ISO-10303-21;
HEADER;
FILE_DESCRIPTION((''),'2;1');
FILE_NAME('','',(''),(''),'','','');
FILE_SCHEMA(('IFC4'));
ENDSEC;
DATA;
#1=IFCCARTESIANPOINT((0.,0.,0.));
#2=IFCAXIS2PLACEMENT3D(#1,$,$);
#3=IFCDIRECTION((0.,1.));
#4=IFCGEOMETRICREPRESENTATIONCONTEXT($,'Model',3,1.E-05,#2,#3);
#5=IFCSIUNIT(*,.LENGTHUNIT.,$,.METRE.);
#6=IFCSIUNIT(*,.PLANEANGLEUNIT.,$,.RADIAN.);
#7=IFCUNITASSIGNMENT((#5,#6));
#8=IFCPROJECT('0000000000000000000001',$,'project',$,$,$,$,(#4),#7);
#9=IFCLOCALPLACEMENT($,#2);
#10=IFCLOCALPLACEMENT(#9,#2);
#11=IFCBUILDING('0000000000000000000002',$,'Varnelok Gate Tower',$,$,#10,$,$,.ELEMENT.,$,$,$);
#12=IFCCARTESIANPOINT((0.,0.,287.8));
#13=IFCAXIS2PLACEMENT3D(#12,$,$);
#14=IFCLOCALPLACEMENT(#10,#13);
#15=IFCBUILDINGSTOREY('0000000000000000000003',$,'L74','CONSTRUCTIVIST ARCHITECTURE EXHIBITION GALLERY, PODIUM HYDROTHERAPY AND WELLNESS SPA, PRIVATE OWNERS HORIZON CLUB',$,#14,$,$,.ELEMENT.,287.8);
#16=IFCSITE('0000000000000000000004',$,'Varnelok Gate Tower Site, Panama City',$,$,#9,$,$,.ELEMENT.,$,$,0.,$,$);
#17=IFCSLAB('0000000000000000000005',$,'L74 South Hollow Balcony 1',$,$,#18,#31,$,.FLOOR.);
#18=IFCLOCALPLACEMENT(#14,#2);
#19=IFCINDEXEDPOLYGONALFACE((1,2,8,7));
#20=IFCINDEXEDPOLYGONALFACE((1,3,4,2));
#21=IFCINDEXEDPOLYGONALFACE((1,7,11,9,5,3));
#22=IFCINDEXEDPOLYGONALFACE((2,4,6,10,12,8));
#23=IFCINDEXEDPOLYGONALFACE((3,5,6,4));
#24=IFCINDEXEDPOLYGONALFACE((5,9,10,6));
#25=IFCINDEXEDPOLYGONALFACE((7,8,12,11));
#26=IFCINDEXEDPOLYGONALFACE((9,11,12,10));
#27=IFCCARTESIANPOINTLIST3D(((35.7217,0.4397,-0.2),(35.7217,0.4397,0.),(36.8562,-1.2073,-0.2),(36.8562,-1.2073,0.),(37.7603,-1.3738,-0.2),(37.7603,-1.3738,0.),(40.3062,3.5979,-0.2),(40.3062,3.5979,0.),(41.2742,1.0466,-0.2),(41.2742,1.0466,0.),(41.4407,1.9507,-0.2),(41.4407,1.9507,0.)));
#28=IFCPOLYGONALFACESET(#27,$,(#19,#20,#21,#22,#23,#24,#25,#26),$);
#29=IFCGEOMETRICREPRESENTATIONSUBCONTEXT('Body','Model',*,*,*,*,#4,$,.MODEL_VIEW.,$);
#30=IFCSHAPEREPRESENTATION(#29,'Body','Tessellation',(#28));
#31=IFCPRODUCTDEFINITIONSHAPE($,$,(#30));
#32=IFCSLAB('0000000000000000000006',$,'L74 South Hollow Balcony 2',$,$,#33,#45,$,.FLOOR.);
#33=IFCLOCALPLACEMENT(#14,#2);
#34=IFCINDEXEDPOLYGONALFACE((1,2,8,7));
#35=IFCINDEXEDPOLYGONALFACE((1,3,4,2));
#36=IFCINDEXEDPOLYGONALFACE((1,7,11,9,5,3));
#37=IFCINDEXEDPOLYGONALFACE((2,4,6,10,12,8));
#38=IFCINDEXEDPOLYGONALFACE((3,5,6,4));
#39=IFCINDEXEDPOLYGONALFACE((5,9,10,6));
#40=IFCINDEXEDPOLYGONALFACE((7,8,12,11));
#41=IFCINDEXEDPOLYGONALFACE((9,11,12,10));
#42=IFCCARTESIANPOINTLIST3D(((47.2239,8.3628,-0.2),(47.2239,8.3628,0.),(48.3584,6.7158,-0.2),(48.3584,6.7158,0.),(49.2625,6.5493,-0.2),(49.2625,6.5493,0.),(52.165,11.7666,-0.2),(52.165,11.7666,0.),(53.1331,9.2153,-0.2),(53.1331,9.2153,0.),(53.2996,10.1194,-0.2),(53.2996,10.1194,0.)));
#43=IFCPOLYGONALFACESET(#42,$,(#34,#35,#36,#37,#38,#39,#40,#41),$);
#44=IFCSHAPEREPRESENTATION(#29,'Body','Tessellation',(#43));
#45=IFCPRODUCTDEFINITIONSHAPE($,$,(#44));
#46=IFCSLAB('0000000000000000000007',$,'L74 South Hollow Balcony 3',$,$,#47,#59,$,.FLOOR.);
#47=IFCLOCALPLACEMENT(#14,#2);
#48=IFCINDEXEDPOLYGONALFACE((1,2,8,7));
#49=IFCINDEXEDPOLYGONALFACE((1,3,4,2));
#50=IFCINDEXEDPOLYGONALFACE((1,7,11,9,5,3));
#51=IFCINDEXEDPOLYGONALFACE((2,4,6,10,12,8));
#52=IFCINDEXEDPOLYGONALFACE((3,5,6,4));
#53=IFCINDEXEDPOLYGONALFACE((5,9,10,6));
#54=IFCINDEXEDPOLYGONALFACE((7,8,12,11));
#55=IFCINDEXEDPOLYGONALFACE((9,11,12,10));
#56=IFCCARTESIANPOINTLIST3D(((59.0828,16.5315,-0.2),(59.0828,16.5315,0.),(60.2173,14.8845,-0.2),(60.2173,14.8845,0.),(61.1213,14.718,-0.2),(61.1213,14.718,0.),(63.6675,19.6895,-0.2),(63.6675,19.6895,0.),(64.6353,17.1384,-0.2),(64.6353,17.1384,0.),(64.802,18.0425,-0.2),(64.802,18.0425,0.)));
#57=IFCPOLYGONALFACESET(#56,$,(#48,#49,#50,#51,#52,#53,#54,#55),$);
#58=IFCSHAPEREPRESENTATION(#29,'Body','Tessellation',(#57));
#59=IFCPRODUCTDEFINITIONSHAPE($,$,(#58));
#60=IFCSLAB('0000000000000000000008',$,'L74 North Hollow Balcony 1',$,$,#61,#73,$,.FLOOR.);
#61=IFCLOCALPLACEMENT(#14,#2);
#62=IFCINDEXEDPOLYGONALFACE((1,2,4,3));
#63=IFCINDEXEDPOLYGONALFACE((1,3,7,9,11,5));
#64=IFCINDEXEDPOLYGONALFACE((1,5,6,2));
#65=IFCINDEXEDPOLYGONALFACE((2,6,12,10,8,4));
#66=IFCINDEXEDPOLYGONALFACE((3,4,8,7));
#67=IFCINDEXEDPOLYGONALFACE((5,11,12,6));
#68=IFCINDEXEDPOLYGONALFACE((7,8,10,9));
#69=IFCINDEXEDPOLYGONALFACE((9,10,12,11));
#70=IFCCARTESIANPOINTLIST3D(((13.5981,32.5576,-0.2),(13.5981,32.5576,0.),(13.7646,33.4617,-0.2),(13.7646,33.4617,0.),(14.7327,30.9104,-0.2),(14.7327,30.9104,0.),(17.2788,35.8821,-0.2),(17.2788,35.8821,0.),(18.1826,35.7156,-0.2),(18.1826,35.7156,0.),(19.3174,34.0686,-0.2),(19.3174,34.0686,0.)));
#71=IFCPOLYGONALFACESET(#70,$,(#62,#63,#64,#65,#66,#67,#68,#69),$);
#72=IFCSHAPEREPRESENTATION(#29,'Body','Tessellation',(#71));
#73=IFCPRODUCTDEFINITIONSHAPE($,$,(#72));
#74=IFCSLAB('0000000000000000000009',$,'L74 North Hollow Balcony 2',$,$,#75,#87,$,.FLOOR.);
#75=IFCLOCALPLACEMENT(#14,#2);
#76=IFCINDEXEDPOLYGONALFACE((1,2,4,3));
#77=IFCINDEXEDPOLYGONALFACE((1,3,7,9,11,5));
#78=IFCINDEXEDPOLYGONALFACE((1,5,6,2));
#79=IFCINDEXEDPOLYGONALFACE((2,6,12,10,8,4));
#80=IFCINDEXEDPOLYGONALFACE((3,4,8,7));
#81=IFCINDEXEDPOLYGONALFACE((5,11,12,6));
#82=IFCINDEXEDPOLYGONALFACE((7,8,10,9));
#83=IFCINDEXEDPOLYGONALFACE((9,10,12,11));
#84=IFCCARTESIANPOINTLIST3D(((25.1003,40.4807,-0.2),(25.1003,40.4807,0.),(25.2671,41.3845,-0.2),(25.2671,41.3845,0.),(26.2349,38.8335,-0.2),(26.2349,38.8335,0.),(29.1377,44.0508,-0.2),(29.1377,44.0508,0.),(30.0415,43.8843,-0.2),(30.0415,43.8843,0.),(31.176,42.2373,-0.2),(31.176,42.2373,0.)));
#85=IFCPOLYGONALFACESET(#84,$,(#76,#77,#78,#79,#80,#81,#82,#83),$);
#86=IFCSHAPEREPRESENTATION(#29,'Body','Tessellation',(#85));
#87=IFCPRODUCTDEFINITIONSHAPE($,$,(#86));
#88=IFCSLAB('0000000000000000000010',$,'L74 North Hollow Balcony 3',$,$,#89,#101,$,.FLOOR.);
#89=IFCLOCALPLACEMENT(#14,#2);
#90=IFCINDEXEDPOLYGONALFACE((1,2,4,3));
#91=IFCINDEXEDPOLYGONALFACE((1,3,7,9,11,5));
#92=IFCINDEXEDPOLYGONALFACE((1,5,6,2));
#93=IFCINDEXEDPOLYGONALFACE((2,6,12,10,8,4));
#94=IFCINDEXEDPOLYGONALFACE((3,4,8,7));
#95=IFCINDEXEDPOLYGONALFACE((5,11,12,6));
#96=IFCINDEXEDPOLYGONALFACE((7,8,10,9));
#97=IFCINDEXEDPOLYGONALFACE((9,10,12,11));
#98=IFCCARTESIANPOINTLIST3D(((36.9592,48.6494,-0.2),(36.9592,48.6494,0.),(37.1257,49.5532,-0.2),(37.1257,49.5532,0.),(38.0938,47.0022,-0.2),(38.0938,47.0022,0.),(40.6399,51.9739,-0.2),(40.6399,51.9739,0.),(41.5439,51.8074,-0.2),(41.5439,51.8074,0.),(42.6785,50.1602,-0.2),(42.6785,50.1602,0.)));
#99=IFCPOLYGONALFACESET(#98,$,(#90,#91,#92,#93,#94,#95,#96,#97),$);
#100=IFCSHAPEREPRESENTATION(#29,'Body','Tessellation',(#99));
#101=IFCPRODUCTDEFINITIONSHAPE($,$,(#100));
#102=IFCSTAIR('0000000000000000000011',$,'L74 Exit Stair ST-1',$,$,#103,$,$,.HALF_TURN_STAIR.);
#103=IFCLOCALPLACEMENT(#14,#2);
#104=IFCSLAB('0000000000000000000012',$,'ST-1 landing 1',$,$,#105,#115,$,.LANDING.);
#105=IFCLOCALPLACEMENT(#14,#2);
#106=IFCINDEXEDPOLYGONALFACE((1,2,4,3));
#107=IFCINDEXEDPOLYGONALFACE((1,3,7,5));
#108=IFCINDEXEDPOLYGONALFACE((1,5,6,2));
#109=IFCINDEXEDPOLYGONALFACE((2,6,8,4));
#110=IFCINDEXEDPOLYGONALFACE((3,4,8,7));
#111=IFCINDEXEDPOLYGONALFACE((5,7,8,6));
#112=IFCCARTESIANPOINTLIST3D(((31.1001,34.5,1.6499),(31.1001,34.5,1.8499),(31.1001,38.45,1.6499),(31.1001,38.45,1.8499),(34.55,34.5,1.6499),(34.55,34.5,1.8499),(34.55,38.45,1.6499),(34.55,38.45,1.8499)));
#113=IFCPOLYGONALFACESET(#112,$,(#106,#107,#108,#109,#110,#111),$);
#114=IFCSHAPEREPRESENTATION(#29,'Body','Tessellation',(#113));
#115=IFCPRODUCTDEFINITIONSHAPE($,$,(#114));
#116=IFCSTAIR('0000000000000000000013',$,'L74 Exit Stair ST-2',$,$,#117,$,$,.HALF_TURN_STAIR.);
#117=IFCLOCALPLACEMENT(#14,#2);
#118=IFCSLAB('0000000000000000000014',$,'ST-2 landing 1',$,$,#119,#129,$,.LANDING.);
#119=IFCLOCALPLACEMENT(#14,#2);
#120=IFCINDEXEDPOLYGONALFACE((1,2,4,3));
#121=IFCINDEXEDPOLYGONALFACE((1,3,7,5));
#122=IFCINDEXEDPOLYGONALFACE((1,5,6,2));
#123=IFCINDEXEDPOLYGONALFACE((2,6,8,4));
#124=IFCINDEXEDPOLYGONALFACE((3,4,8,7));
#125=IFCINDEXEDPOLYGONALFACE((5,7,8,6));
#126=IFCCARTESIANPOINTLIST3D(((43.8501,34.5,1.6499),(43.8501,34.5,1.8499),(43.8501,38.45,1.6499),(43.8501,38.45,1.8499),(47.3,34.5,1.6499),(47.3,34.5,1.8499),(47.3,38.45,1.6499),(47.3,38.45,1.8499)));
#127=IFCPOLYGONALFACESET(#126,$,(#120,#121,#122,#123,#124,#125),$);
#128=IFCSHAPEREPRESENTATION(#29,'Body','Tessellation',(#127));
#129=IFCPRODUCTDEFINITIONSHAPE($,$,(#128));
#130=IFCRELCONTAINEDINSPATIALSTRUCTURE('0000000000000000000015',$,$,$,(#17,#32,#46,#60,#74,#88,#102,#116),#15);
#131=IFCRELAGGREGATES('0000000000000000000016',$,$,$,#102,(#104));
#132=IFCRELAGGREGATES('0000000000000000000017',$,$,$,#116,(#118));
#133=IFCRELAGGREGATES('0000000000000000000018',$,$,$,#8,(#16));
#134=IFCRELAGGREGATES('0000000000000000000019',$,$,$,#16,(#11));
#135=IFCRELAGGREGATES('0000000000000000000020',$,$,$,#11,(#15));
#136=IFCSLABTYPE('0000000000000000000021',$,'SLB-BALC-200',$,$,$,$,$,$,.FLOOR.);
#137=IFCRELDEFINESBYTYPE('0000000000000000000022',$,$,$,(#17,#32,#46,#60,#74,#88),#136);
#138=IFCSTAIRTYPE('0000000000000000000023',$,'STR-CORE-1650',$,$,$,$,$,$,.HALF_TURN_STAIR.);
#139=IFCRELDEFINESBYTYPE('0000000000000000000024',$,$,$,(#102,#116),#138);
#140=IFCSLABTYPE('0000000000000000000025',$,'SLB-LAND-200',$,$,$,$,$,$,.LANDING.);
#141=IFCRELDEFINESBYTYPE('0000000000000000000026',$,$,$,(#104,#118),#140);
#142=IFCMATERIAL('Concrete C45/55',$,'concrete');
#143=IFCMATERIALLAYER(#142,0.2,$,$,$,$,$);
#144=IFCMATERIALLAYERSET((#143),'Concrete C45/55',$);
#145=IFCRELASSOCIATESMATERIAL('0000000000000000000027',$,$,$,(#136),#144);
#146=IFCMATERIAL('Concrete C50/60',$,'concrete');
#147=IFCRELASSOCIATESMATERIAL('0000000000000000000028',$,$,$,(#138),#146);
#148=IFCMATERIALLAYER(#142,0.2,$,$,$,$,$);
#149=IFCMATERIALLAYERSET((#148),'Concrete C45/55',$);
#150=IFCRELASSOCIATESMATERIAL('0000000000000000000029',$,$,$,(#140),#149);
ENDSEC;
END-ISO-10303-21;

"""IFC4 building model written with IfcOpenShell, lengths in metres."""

from ifc_helpers import new_model, si_unit, direction, frame, origin, place, context, subcontext, project, spatial, polyline, outline, extrude, material, layer, layer_set, type_object, element, aggregate, save


model = new_model("IFC4")

# Units and contexts
model_context = context("Model", 3, precision=1e-05, world=origin(), true_north=direction((0.0, 1.0)))
body_context = subcontext(model_context, "Body", "Model", "MODEL_VIEW")
ifc_project = project(units=[si_unit("LENGTHUNIT", "METRE"), si_unit("PLANEANGLEUNIT", "RADIAN")], contexts=[model_context])

# Site, building, storey
site_placement = place(None, origin())
site = spatial("IfcSite", under=ifc_project, at=site_placement, Name="Varnelok Gate Tower Site, Panama City", CompositionType="ELEMENT", RefElevation=0.0)
building_placement = place(site_placement, origin())
building = spatial("IfcBuilding", under=site, at=building_placement, Name="Varnelok Gate Tower", CompositionType="ELEMENT")
storey_placement = place(building_placement, frame((0.0, 0.0, 287.8)))
storey = spatial("IfcBuildingStorey", under=building, at=storey_placement, Name="L74", Description="CONSTRUCTIVIST ARCHITECTURE EXHIBITION GALLERY, PODIUM HYDROTHERAPY AND WELLNESS SPA, PRIVATE OWNERS HORIZON CLUB", CompositionType="ELEMENT", Elevation=287.8)

# Slabs
ifc_material_1 = material(Name="Concrete C45/55", Category="concrete")
ifc_layer_1 = layer(ifc_material_1, 0.2)
ifc_layer_set_1 = layer_set([ifc_layer_1], Name="Concrete C45/55")
slab_type_1 = type_object("IfcSlabType", Name="SLB-BALC-200", PredefinedType="FLOOR", material=ifc_layer_set_1)
slab_1_placement = place(storey_placement, frame((0.0, 0.0, -0.2)))
element("IfcSlab", 1, at=slab_1_placement, inside=storey, type_object=slab_type_1, Name="L74 South Hollow Balcony 1", PredefinedType="FLOOR", context=body_context, shape_type="SweptSolid", body=[
    extrude(outline(polyline([(36.8562, -1.2073), (37.7603, -1.3738), (41.2742, 1.0466), (41.4407, 1.9507), (40.3062, 3.5979), (35.7217, 0.4397), (36.8562, -1.2073)])), origin(), (0.0, 0.0, 1.0), 0.2),
])
slab_2_placement = place(storey_placement, frame((0.0, 0.0, -0.2)))
element("IfcSlab", 2, at=slab_2_placement, inside=storey, type_object=slab_type_1, Name="L74 South Hollow Balcony 2", PredefinedType="FLOOR", context=body_context, shape_type="SweptSolid", body=[
    extrude(outline(polyline([(48.3584, 6.7158), (49.2625, 6.5493), (53.1331, 9.2153), (53.2996, 10.1194), (52.165, 11.7666), (47.2239, 8.3628), (48.3584, 6.7158)])), origin(), (0.0, 0.0, 1.0), 0.2),
])
slab_3_placement = place(storey_placement, frame((0.0, 0.0, -0.2)))
element("IfcSlab", 3, at=slab_3_placement, inside=storey, type_object=slab_type_1, Name="L74 South Hollow Balcony 3", PredefinedType="FLOOR", context=body_context, shape_type="SweptSolid", body=[
    extrude(outline(polyline([(60.2173, 14.8845), (61.1213, 14.718), (64.6353, 17.1384), (64.802, 18.0425), (63.6675, 19.6895), (59.0828, 16.5315), (60.2173, 14.8845)])), origin(), (0.0, 0.0, 1.0), 0.2),
])
slab_4_placement = place(storey_placement, frame((0.0, 0.0, -0.2)))
element("IfcSlab", 4, at=slab_4_placement, inside=storey, type_object=slab_type_1, Name="L74 North Hollow Balcony 1", PredefinedType="FLOOR", context=body_context, shape_type="SweptSolid", body=[
    extrude(outline(polyline([(14.7327, 30.9104), (19.3174, 34.0686), (18.1826, 35.7156), (17.2788, 35.8821), (13.7646, 33.4617), (13.5981, 32.5576), (14.7327, 30.9104)])), origin(), (0.0, 0.0, 1.0), 0.2),
])
slab_5_placement = place(storey_placement, frame((0.0, 0.0, -0.2)))
element("IfcSlab", 5, at=slab_5_placement, inside=storey, type_object=slab_type_1, Name="L74 North Hollow Balcony 2", PredefinedType="FLOOR", context=body_context, shape_type="SweptSolid", body=[
    extrude(outline(polyline([(26.2349, 38.8335), (31.176, 42.2373), (30.0415, 43.8843), (29.1377, 44.0508), (25.2671, 41.3845), (25.1003, 40.4807), (26.2349, 38.8335)])), origin(), (0.0, 0.0, 1.0), 0.2),
])
slab_6_placement = place(storey_placement, frame((0.0, 0.0, -0.2)))
element("IfcSlab", 6, at=slab_6_placement, inside=storey, type_object=slab_type_1, Name="L74 North Hollow Balcony 3", PredefinedType="FLOOR", context=body_context, shape_type="SweptSolid", body=[
    extrude(outline(polyline([(38.0938, 47.0022), (42.6785, 50.1602), (41.5439, 51.8074), (40.6399, 51.9739), (37.1257, 49.5532), (36.9592, 48.6494), (38.0938, 47.0022)])), origin(), (0.0, 0.0, 1.0), 0.2),
])

# Stairs, slabs
ifc_material_2 = material(Name="Concrete C50/60", Category="concrete")
stair_type = type_object("IfcStairType", Name="STR-CORE-1650", PredefinedType="HALF_TURN_STAIR", material=ifc_material_2)
stair_1_placement = place(storey_placement, origin())
stair_1 = element("IfcStair", 7, at=stair_1_placement, inside=storey, type_object=stair_type, Name="L74 Exit Stair ST-1", PredefinedType="HALF_TURN_STAIR")
ifc_layer_2 = layer(ifc_material_1, 0.2)
ifc_layer_set_2 = layer_set([ifc_layer_2], Name="Concrete C45/55")
slab_type_2 = type_object("IfcSlabType", Name="SLB-LAND-200", PredefinedType="LANDING", material=ifc_layer_set_2)
slab_7_placement = place(storey_placement, frame((0.0, 0.0, 1.6499)))
slab_7 = element("IfcSlab", 8, at=slab_7_placement, type_object=slab_type_2, Name="ST-1 landing 1", PredefinedType="LANDING", context=body_context, shape_type="SweptSolid", body=[
    extrude(outline(polyline([(34.55, 34.5), (34.55, 38.45), (31.1001, 38.45), (31.1001, 34.5), (34.55, 34.5)])), origin(), (0.0, 0.0, 1.0), 0.2),
])
aggregate(stair_1, [slab_7])
stair_2_placement = place(storey_placement, origin())
stair_2 = element("IfcStair", 9, at=stair_2_placement, inside=storey, type_object=stair_type, Name="L74 Exit Stair ST-2", PredefinedType="HALF_TURN_STAIR")
slab_8_placement = place(storey_placement, frame((0.0, 0.0, 1.6499)))
slab_8 = element("IfcSlab", 10, at=slab_8_placement, type_object=slab_type_2, Name="ST-2 landing 1", PredefinedType="LANDING", context=body_context, shape_type="SweptSolid", body=[
    extrude(outline(polyline([(47.3, 34.5), (47.3, 38.45), (43.8501, 38.45), (43.8501, 34.5), (47.3, 34.5)])), origin(), (0.0, 0.0, 1.0), 0.2),
])
aggregate(stair_2, [slab_8])

save(model, "model.ifc")
